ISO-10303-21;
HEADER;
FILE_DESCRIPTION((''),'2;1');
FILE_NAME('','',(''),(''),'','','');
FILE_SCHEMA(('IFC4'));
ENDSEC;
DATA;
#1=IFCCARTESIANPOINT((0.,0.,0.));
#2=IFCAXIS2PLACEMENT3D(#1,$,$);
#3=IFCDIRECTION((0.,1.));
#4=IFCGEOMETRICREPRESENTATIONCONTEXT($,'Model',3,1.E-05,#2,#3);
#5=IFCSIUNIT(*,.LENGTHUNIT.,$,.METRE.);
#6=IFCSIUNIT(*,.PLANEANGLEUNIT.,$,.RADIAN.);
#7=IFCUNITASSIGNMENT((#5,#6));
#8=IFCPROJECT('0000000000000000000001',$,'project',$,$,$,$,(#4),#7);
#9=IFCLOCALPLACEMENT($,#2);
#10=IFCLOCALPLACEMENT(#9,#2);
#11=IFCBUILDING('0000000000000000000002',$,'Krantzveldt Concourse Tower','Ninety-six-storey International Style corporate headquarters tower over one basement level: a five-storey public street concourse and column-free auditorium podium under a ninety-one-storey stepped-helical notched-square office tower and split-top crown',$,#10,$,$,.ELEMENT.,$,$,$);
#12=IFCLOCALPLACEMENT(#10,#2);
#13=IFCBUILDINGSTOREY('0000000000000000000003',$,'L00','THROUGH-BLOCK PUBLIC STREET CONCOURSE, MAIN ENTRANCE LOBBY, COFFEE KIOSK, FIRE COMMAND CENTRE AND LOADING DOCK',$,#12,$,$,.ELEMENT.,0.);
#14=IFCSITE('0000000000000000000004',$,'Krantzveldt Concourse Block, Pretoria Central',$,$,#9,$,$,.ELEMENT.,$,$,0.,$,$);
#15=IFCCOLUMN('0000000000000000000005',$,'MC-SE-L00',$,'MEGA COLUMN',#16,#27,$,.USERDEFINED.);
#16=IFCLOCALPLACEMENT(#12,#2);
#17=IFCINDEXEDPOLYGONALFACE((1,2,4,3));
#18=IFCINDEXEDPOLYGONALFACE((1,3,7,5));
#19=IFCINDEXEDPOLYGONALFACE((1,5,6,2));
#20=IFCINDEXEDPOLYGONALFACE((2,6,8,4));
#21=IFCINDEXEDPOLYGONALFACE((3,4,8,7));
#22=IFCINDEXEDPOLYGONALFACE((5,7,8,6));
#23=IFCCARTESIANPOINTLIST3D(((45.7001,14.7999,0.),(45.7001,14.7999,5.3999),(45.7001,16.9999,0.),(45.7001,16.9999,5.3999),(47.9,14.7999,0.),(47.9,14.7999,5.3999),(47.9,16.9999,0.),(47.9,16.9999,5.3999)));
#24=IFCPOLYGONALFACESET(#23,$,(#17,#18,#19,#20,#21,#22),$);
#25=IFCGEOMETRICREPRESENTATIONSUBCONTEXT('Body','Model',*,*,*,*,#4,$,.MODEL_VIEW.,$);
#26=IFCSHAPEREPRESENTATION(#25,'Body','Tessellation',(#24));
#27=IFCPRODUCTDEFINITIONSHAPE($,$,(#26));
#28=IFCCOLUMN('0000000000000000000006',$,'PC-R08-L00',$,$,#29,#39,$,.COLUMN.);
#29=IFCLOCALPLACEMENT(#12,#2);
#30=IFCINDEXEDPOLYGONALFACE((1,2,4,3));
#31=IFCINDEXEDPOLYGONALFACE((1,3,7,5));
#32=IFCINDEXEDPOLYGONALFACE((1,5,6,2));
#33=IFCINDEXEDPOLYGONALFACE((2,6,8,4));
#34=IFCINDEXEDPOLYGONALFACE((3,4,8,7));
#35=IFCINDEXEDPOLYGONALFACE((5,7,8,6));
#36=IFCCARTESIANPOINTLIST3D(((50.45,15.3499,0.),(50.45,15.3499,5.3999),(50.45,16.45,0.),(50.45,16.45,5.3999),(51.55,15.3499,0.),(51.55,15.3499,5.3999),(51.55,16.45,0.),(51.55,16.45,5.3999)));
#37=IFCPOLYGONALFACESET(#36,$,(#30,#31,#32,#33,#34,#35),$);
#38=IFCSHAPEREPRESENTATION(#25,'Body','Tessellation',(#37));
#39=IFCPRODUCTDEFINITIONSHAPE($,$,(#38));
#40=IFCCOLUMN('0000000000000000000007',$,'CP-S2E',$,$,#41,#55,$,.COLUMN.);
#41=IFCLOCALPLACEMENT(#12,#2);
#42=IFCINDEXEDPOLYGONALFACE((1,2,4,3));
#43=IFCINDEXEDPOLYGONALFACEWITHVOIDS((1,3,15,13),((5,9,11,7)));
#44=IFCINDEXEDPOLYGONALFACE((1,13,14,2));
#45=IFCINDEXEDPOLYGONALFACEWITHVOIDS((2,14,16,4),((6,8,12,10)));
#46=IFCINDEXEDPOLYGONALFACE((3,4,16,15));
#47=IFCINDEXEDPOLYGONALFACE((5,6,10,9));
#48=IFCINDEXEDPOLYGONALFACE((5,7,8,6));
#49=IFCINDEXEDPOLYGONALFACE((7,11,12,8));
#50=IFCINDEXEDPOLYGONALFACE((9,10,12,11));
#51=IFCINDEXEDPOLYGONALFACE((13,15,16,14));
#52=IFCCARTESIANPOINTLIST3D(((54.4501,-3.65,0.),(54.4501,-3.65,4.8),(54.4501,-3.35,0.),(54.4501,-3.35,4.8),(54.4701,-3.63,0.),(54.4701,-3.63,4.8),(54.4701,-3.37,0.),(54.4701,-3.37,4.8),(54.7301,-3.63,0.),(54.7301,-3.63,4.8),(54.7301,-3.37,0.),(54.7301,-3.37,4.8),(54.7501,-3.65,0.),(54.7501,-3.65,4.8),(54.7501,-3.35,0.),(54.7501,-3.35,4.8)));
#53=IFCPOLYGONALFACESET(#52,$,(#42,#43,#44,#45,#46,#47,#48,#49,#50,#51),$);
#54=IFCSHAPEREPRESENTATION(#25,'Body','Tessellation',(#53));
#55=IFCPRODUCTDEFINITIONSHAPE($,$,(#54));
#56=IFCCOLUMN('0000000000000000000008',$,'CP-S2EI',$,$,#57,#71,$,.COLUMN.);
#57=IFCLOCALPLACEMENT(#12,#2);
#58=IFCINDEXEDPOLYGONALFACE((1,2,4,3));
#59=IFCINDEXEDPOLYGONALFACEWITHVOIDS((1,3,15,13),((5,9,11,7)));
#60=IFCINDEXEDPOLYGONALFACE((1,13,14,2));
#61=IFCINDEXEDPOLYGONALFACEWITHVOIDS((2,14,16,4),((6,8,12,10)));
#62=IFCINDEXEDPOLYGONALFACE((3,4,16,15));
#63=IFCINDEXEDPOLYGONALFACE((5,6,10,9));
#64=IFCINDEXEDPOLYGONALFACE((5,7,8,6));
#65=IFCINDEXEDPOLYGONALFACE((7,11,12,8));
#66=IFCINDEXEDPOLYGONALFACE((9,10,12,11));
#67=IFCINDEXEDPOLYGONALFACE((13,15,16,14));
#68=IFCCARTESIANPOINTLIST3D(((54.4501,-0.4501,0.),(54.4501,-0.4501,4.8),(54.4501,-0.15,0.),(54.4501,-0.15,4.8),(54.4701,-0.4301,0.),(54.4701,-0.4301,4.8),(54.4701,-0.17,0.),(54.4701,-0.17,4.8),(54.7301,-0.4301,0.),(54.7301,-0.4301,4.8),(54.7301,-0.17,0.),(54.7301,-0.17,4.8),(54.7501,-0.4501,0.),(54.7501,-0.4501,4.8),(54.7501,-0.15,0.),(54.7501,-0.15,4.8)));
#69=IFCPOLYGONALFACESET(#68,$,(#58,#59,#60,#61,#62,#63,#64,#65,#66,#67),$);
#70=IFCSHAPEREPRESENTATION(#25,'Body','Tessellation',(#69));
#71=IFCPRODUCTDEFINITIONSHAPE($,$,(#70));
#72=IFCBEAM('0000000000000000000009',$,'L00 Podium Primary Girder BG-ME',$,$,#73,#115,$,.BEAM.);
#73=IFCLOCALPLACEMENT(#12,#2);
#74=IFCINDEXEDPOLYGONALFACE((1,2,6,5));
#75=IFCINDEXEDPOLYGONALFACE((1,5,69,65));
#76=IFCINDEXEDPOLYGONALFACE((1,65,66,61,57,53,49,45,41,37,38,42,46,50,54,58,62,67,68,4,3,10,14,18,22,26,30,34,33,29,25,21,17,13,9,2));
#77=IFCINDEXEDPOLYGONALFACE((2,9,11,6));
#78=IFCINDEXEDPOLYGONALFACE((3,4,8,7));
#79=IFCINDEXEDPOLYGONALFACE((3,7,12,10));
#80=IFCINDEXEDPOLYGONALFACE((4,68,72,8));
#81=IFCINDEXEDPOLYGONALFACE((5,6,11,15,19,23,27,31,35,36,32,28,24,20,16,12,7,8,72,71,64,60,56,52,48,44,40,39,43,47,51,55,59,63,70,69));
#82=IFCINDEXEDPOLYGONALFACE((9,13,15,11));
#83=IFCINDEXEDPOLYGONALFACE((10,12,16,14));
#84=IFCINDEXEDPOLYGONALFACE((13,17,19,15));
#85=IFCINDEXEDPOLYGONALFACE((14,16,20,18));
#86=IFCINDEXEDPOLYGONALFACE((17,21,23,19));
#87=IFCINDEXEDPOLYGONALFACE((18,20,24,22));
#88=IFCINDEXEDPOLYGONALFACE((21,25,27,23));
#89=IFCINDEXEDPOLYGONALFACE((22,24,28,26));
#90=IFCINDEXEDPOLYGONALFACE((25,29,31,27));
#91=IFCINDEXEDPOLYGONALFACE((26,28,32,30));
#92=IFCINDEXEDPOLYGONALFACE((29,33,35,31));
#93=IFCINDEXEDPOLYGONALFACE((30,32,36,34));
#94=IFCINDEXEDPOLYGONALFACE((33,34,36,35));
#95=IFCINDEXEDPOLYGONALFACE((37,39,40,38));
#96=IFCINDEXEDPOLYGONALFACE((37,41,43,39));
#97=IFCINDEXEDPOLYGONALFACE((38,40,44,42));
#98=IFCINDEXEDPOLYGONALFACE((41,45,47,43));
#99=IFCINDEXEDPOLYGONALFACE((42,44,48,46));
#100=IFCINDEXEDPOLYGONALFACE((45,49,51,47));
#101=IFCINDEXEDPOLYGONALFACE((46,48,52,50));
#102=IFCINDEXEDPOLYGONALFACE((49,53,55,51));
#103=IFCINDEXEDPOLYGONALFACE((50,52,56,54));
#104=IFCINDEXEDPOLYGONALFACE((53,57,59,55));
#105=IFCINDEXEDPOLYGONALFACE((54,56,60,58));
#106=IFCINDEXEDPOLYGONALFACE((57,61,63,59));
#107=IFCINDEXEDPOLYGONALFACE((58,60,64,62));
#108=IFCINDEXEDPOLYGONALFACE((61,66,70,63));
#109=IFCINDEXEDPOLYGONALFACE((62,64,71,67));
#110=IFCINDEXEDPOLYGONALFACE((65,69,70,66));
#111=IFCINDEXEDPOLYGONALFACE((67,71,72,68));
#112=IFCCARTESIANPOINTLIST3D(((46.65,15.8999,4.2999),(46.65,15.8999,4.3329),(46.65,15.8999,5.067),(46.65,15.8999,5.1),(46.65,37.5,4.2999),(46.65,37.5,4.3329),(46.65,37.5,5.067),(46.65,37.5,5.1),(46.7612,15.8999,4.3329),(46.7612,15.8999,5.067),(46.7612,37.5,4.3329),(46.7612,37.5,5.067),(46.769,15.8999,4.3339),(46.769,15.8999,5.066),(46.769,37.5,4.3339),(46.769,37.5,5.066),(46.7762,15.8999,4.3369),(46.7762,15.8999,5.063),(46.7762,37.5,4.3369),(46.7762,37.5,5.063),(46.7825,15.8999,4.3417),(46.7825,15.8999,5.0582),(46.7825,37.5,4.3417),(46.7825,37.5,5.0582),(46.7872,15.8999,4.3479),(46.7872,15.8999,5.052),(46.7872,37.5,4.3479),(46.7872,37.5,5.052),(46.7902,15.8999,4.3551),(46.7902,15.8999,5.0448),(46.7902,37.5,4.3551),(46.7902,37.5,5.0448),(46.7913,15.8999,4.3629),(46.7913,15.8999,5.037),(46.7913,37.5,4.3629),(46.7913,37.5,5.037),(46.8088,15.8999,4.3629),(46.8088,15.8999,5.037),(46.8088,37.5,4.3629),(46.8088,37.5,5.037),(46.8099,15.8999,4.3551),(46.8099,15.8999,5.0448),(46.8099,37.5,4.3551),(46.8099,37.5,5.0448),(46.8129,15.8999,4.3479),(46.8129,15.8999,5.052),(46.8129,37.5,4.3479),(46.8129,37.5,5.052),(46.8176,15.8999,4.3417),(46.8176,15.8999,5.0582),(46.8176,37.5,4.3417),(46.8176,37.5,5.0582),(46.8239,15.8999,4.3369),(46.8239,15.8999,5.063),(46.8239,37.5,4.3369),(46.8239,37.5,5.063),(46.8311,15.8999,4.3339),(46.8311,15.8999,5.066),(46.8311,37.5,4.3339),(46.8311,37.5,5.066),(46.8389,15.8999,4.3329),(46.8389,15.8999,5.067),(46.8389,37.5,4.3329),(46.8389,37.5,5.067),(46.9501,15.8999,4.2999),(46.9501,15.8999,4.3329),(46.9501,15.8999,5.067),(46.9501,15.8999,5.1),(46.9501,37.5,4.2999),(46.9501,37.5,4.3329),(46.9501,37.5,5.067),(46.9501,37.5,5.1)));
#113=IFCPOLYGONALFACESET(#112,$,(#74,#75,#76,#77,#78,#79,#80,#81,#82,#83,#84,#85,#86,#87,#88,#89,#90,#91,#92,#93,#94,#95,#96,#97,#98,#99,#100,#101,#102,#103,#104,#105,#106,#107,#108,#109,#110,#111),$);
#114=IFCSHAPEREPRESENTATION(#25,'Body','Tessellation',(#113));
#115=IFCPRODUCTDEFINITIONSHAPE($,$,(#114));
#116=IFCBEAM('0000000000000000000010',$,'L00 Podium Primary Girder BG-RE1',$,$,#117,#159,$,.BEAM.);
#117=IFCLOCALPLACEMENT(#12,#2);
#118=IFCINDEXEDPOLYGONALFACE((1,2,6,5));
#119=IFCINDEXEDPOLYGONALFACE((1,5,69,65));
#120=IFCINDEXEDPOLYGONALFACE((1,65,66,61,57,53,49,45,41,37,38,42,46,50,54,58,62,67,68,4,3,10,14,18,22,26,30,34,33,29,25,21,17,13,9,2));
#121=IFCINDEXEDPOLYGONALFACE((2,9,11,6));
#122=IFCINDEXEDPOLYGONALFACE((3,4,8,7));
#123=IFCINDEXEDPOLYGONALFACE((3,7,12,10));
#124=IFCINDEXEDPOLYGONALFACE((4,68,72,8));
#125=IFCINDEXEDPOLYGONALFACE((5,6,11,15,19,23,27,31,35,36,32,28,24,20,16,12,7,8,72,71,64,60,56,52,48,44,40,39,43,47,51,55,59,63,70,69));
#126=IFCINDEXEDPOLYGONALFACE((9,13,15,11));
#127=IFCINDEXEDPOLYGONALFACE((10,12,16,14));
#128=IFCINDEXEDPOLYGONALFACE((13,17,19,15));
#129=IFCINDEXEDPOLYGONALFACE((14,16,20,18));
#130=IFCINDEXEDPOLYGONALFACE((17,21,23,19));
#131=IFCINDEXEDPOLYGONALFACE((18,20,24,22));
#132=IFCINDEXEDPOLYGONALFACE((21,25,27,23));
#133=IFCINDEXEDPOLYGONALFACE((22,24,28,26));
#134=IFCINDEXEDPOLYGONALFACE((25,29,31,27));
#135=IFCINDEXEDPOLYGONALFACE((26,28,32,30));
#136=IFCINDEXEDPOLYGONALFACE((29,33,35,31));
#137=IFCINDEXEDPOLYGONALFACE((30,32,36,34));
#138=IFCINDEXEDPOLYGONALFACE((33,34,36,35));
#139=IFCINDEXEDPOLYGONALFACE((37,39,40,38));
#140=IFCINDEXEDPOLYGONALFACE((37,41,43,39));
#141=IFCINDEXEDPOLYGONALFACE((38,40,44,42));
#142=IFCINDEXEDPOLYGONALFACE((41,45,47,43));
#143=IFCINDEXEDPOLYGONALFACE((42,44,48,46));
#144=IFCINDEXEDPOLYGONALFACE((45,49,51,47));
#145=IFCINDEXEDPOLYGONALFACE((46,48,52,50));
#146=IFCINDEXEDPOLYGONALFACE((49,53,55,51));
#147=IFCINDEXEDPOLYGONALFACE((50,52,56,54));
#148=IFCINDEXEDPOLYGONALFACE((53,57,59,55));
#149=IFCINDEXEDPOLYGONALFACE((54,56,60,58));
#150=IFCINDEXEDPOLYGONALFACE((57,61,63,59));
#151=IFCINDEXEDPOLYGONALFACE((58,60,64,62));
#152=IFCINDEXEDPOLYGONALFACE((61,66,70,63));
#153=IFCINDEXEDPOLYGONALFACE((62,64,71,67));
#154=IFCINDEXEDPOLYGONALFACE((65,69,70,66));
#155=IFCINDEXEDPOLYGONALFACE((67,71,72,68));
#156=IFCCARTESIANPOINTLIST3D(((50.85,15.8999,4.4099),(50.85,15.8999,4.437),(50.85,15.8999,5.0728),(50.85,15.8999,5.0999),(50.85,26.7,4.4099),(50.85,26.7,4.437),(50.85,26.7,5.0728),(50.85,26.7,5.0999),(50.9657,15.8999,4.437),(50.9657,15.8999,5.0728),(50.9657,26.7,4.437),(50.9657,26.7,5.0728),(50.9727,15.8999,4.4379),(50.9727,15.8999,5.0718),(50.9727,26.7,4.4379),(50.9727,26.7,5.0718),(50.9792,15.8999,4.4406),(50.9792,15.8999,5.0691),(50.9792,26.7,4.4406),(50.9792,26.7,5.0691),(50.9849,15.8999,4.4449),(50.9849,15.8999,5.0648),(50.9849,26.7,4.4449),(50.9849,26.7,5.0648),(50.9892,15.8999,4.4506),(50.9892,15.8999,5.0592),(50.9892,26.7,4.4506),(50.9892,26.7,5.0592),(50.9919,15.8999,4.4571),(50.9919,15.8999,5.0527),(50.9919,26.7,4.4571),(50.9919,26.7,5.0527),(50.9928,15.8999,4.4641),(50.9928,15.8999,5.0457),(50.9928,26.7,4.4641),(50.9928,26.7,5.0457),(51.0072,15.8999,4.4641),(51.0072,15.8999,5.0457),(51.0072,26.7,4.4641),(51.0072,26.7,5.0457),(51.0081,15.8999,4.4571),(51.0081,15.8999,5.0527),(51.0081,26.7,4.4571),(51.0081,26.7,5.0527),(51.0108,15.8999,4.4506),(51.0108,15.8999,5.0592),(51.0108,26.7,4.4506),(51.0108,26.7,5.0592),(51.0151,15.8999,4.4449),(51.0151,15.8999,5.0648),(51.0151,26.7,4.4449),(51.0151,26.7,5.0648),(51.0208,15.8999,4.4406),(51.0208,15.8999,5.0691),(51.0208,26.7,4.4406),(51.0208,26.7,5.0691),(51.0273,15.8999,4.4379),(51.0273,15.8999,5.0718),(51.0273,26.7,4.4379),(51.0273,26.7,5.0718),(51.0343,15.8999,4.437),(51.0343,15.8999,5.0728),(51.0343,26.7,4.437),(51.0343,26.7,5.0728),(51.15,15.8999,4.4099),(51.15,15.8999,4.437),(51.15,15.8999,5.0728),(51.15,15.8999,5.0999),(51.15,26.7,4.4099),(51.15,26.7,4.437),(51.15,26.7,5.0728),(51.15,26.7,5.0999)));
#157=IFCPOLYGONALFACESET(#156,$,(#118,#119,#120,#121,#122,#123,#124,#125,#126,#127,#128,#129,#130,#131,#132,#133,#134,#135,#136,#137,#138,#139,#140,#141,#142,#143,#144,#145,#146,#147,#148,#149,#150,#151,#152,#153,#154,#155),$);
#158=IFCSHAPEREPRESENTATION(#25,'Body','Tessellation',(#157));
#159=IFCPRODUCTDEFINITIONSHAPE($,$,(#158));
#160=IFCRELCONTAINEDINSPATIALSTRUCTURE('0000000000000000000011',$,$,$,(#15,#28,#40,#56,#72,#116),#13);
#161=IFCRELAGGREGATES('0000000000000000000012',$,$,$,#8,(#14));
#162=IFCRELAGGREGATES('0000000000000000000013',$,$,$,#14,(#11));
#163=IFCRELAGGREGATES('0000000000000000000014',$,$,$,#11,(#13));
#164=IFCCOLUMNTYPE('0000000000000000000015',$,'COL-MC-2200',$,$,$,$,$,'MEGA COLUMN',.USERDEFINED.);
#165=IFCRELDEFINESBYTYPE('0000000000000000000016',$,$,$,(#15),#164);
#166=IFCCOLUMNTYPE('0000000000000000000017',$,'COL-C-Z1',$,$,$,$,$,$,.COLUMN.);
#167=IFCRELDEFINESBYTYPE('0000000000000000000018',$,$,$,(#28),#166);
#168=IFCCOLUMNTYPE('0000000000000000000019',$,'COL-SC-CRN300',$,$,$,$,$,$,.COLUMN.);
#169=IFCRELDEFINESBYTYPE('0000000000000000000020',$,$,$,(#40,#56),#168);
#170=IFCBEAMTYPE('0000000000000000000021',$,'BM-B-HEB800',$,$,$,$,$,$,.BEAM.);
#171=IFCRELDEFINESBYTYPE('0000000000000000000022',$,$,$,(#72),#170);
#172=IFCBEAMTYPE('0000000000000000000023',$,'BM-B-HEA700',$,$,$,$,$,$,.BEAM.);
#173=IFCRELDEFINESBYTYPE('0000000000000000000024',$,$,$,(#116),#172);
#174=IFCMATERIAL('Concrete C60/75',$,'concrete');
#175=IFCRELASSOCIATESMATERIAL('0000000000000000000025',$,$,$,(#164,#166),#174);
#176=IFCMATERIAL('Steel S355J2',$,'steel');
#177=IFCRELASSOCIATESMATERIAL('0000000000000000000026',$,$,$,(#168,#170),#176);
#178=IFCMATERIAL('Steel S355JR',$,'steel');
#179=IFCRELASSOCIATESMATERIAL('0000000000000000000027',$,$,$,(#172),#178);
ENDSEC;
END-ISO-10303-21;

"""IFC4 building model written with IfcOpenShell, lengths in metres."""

from ifc_helpers import new_model, si_unit, direction, frame, origin, origin_2d, place, context, subcontext, project, spatial, rectangle, hollow_rectangle, i_section, extrude, source, transform, mapped, material, material_profile, profile_set, type_object, type_shapes, element, save


model = new_model("IFC4")

# Units and contexts
model_context = context("Model", 3, precision=1e-05, world=origin(), true_north=direction((0.0, 1.0)))
body_context = subcontext(model_context, "Body", "Model", "MODEL_VIEW")
ifc_project = project(units=[si_unit("LENGTHUNIT", "METRE"), si_unit("PLANEANGLEUNIT", "RADIAN")], contexts=[model_context])

# Site, building, storey
site_placement = place(None, origin())
site = spatial("IfcSite", under=ifc_project, at=site_placement, Name="Krantzveldt Concourse Block, Pretoria Central", CompositionType="ELEMENT", RefElevation=0.0)
building_placement = place(site_placement, origin())
building = spatial("IfcBuilding", under=site, at=building_placement, Name="Krantzveldt Concourse Tower", Description="Ninety-six-storey International Style corporate headquarters tower over one basement level: a five-storey public street concourse and column-free auditorium podium under a ninety-one-storey stepped-helical notched-square office tower and split-top crown", CompositionType="ELEMENT")
storey_placement = place(building_placement, origin())
storey = spatial("IfcBuildingStorey", under=building, at=storey_placement, Name="L00", Description="THROUGH-BLOCK PUBLIC STREET CONCOURSE, MAIN ENTRANCE LOBBY, COFFEE KIOSK, FIRE COMMAND CENTRE AND LOADING DOCK", CompositionType="ELEMENT", Elevation=0.0)

# Columns
ifc_material_1 = material(Name="Concrete C60/75", Category="concrete")
ifc_material_profile_1 = material_profile(ifc_material_1, rectangle(XDim=2.2, YDim=2.2, at=origin_2d()), Name="Concrete C60/75", Category="concrete")
ifc_profile_set_1 = profile_set([ifc_material_profile_1], Name="Concrete C60/75 - RC 2200x2200")
column_type_1 = type_object("IfcColumnType", Name="COL-MC-2200", ElementType="MEGA COLUMN", PredefinedType="USERDEFINED", material=ifc_profile_set_1)
shared_shape_1 = source(origin(), body_context, "Body", "SweptSolid", [
    extrude(rectangle(XDim=2.2, YDim=2.2, at=origin_2d()), origin(), (0.0, 0.0, 1.0), 5.3999),
])
type_shapes(column_type_1, [shared_shape_1])
column_1_placement = place(storey_placement, frame((46.8, 15.8999, 0.0), z_axis=(0.0, 0.0, 1.0), x_axis=(1.0, 0.0, 0.0)))
element("IfcColumn", 1, at=column_1_placement, inside=storey, type_object=column_type_1, Name="MC-SE-L00", ObjectType="MEGA COLUMN", PredefinedType="USERDEFINED", context=body_context, shape_type="MappedRepresentation", body=[
    mapped(shared_shape_1, transform((0.0, 0.0, 0.0), x_axis=(1.0, 0.0, 0.0), y_axis=(0.0, 1.0, 0.0), z_axis=(0.0, 0.0, 1.0), scale=1.0)),
])
ifc_material_profile_2 = material_profile(ifc_material_1, rectangle(XDim=1.1001, YDim=1.1001, at=origin_2d()), Name="Concrete C60/75", Category="concrete")
ifc_profile_set_2 = profile_set([ifc_material_profile_2], Name="Concrete C60/75 - RC 1100x1100")
column_type_2 = type_object("IfcColumnType", Name="COL-C-Z1", PredefinedType="COLUMN", material=ifc_profile_set_2)
shared_shape_2 = source(origin(), body_context, "Body", "SweptSolid", [
    extrude(rectangle(XDim=1.1001, YDim=1.1001, at=origin_2d()), origin(), (0.0, 0.0, 1.0), 5.3999),
])
type_shapes(column_type_2, [shared_shape_2])
column_2_placement = place(storey_placement, frame((51.0, 15.8999, 0.0), z_axis=(0.0, 0.0, 1.0), x_axis=(1.0, 0.0, 0.0)))
element("IfcColumn", 2, at=column_2_placement, inside=storey, type_object=column_type_2, Name="PC-R08-L00", PredefinedType="COLUMN", context=body_context, shape_type="MappedRepresentation", body=[
    mapped(shared_shape_2, transform((0.0, 0.0, 0.0), x_axis=(1.0, 0.0, 0.0), y_axis=(0.0, 1.0, 0.0), z_axis=(0.0, 0.0, 1.0), scale=1.0)),
])
ifc_material_2 = material(Name="Steel S355J2", Category="steel")
ifc_material_profile_3 = material_profile(ifc_material_2, hollow_rectangle(XDim=0.3, YDim=0.3, WallThickness=0.02, at=origin_2d()), Name="Steel S355J2", Category="steel")
ifc_profile_set_3 = profile_set([ifc_material_profile_3], Name="Steel S355J2 - SHS 300x300x20")
column_type_3 = type_object("IfcColumnType", Name="COL-SC-CRN300", PredefinedType="COLUMN", material=ifc_profile_set_3)
shared_shape_3 = source(origin(), body_context, "Body", "SweptSolid", [
    extrude(hollow_rectangle(XDim=0.3, YDim=0.3, WallThickness=0.02, at=origin_2d()), origin(), (0.0, 0.0, 1.0), 4.8),
])
type_shapes(column_type_3, [shared_shape_3])
for number, where, z_axis, x_axis, name in (
    (3, (54.6001, -3.5, 0.0), (0.0, 0.0, 1.0), (1.0, 0.0, 0.0), "CP-S2E"),
    (4, (54.6001, -0.3, 0.0), (0.0, 0.0, 1.0), (1.0, 0.0, 0.0), "CP-S2EI"),
):
    element("IfcColumn", number, at=place(storey_placement, frame(where, z_axis=z_axis, x_axis=x_axis)), inside=storey, type_object=column_type_3, Name=name, PredefinedType="COLUMN", context=body_context, shape_type="MappedRepresentation", body=[
        mapped(shared_shape_3, transform((0.0, 0.0, 0.0), x_axis=(1.0, 0.0, 0.0), y_axis=(0.0, 1.0, 0.0), z_axis=(0.0, 0.0, 1.0), scale=1.0)),
    ])

# Beams
ifc_material_profile_4 = material_profile(ifc_material_2, i_section(OverallWidth=0.3, OverallDepth=0.8, WebThickness=0.0176, FlangeThickness=0.033, FilletRadius=0.03, at=origin_2d()), Name="Steel S355J2", Category="steel")
ifc_profile_set_4 = profile_set([ifc_material_profile_4], Name="Steel S355J2 - HEB 800")
beam_type_1 = type_object("IfcBeamType", Name="BM-B-HEB800", PredefinedType="BEAM", material=ifc_profile_set_4)
shared_shape_4 = source(origin(), body_context, "Body", "SweptSolid", [
    extrude(i_section(OverallWidth=0.3, OverallDepth=0.8, WebThickness=0.0176, FlangeThickness=0.033, FilletRadius=0.03, at=origin_2d()), origin(), (0.0, 0.0, 1.0), 21.6001),
])
type_shapes(beam_type_1, [shared_shape_4])
beam_1_placement = place(storey_placement, frame((46.8, 15.8999, 4.7), z_axis=(0.0, 1.0, 0.0), x_axis=(-1.0, 0.0, 0.0)))
element("IfcBeam", 5, at=beam_1_placement, inside=storey, type_object=beam_type_1, Name="L00 Podium Primary Girder BG-ME", PredefinedType="BEAM", context=body_context, shape_type="MappedRepresentation", body=[
    mapped(shared_shape_4, transform((0.0, 0.0, 0.0), x_axis=(1.0, 0.0, 0.0), y_axis=(0.0, 1.0, 0.0), z_axis=(0.0, 0.0, 1.0), scale=1.0)),
])
ifc_material_3 = material(Name="Steel S355JR", Category="steel")
ifc_material_profile_5 = material_profile(ifc_material_3, i_section(OverallWidth=0.3, OverallDepth=0.6899, WebThickness=0.0144, FlangeThickness=0.0271, FilletRadius=0.0271, at=origin_2d()), Name="Steel S355JR", Category="steel")
ifc_profile_set_5 = profile_set([ifc_material_profile_5], Name="Steel S355JR - HEA 700")
beam_type_2 = type_object("IfcBeamType", Name="BM-B-HEA700", PredefinedType="BEAM", material=ifc_profile_set_5)
shared_shape_5 = source(origin(), body_context, "Body", "SweptSolid", [
    extrude(i_section(OverallWidth=0.3, OverallDepth=0.6899, WebThickness=0.0144, FlangeThickness=0.0271, FilletRadius=0.0271, at=origin_2d()), origin(), (0.0, 0.0, 1.0), 10.8),
])
type_shapes(beam_type_2, [shared_shape_5])
beam_2_placement = place(storey_placement, frame((51.0, 15.8999, 4.7549), z_axis=(0.0, 1.0, 0.0), x_axis=(-1.0, 0.0, 0.0)))
element("IfcBeam", 6, at=beam_2_placement, inside=storey, type_object=beam_type_2, Name="L00 Podium Primary Girder BG-RE1", PredefinedType="BEAM", context=body_context, shape_type="MappedRepresentation", body=[
    mapped(shared_shape_5, transform((0.0, 0.0, 0.0), x_axis=(1.0, 0.0, 0.0), y_axis=(0.0, 1.0, 0.0), z_axis=(0.0, 0.0, 1.0), scale=1.0)),
])

save(model, "model.ifc")
